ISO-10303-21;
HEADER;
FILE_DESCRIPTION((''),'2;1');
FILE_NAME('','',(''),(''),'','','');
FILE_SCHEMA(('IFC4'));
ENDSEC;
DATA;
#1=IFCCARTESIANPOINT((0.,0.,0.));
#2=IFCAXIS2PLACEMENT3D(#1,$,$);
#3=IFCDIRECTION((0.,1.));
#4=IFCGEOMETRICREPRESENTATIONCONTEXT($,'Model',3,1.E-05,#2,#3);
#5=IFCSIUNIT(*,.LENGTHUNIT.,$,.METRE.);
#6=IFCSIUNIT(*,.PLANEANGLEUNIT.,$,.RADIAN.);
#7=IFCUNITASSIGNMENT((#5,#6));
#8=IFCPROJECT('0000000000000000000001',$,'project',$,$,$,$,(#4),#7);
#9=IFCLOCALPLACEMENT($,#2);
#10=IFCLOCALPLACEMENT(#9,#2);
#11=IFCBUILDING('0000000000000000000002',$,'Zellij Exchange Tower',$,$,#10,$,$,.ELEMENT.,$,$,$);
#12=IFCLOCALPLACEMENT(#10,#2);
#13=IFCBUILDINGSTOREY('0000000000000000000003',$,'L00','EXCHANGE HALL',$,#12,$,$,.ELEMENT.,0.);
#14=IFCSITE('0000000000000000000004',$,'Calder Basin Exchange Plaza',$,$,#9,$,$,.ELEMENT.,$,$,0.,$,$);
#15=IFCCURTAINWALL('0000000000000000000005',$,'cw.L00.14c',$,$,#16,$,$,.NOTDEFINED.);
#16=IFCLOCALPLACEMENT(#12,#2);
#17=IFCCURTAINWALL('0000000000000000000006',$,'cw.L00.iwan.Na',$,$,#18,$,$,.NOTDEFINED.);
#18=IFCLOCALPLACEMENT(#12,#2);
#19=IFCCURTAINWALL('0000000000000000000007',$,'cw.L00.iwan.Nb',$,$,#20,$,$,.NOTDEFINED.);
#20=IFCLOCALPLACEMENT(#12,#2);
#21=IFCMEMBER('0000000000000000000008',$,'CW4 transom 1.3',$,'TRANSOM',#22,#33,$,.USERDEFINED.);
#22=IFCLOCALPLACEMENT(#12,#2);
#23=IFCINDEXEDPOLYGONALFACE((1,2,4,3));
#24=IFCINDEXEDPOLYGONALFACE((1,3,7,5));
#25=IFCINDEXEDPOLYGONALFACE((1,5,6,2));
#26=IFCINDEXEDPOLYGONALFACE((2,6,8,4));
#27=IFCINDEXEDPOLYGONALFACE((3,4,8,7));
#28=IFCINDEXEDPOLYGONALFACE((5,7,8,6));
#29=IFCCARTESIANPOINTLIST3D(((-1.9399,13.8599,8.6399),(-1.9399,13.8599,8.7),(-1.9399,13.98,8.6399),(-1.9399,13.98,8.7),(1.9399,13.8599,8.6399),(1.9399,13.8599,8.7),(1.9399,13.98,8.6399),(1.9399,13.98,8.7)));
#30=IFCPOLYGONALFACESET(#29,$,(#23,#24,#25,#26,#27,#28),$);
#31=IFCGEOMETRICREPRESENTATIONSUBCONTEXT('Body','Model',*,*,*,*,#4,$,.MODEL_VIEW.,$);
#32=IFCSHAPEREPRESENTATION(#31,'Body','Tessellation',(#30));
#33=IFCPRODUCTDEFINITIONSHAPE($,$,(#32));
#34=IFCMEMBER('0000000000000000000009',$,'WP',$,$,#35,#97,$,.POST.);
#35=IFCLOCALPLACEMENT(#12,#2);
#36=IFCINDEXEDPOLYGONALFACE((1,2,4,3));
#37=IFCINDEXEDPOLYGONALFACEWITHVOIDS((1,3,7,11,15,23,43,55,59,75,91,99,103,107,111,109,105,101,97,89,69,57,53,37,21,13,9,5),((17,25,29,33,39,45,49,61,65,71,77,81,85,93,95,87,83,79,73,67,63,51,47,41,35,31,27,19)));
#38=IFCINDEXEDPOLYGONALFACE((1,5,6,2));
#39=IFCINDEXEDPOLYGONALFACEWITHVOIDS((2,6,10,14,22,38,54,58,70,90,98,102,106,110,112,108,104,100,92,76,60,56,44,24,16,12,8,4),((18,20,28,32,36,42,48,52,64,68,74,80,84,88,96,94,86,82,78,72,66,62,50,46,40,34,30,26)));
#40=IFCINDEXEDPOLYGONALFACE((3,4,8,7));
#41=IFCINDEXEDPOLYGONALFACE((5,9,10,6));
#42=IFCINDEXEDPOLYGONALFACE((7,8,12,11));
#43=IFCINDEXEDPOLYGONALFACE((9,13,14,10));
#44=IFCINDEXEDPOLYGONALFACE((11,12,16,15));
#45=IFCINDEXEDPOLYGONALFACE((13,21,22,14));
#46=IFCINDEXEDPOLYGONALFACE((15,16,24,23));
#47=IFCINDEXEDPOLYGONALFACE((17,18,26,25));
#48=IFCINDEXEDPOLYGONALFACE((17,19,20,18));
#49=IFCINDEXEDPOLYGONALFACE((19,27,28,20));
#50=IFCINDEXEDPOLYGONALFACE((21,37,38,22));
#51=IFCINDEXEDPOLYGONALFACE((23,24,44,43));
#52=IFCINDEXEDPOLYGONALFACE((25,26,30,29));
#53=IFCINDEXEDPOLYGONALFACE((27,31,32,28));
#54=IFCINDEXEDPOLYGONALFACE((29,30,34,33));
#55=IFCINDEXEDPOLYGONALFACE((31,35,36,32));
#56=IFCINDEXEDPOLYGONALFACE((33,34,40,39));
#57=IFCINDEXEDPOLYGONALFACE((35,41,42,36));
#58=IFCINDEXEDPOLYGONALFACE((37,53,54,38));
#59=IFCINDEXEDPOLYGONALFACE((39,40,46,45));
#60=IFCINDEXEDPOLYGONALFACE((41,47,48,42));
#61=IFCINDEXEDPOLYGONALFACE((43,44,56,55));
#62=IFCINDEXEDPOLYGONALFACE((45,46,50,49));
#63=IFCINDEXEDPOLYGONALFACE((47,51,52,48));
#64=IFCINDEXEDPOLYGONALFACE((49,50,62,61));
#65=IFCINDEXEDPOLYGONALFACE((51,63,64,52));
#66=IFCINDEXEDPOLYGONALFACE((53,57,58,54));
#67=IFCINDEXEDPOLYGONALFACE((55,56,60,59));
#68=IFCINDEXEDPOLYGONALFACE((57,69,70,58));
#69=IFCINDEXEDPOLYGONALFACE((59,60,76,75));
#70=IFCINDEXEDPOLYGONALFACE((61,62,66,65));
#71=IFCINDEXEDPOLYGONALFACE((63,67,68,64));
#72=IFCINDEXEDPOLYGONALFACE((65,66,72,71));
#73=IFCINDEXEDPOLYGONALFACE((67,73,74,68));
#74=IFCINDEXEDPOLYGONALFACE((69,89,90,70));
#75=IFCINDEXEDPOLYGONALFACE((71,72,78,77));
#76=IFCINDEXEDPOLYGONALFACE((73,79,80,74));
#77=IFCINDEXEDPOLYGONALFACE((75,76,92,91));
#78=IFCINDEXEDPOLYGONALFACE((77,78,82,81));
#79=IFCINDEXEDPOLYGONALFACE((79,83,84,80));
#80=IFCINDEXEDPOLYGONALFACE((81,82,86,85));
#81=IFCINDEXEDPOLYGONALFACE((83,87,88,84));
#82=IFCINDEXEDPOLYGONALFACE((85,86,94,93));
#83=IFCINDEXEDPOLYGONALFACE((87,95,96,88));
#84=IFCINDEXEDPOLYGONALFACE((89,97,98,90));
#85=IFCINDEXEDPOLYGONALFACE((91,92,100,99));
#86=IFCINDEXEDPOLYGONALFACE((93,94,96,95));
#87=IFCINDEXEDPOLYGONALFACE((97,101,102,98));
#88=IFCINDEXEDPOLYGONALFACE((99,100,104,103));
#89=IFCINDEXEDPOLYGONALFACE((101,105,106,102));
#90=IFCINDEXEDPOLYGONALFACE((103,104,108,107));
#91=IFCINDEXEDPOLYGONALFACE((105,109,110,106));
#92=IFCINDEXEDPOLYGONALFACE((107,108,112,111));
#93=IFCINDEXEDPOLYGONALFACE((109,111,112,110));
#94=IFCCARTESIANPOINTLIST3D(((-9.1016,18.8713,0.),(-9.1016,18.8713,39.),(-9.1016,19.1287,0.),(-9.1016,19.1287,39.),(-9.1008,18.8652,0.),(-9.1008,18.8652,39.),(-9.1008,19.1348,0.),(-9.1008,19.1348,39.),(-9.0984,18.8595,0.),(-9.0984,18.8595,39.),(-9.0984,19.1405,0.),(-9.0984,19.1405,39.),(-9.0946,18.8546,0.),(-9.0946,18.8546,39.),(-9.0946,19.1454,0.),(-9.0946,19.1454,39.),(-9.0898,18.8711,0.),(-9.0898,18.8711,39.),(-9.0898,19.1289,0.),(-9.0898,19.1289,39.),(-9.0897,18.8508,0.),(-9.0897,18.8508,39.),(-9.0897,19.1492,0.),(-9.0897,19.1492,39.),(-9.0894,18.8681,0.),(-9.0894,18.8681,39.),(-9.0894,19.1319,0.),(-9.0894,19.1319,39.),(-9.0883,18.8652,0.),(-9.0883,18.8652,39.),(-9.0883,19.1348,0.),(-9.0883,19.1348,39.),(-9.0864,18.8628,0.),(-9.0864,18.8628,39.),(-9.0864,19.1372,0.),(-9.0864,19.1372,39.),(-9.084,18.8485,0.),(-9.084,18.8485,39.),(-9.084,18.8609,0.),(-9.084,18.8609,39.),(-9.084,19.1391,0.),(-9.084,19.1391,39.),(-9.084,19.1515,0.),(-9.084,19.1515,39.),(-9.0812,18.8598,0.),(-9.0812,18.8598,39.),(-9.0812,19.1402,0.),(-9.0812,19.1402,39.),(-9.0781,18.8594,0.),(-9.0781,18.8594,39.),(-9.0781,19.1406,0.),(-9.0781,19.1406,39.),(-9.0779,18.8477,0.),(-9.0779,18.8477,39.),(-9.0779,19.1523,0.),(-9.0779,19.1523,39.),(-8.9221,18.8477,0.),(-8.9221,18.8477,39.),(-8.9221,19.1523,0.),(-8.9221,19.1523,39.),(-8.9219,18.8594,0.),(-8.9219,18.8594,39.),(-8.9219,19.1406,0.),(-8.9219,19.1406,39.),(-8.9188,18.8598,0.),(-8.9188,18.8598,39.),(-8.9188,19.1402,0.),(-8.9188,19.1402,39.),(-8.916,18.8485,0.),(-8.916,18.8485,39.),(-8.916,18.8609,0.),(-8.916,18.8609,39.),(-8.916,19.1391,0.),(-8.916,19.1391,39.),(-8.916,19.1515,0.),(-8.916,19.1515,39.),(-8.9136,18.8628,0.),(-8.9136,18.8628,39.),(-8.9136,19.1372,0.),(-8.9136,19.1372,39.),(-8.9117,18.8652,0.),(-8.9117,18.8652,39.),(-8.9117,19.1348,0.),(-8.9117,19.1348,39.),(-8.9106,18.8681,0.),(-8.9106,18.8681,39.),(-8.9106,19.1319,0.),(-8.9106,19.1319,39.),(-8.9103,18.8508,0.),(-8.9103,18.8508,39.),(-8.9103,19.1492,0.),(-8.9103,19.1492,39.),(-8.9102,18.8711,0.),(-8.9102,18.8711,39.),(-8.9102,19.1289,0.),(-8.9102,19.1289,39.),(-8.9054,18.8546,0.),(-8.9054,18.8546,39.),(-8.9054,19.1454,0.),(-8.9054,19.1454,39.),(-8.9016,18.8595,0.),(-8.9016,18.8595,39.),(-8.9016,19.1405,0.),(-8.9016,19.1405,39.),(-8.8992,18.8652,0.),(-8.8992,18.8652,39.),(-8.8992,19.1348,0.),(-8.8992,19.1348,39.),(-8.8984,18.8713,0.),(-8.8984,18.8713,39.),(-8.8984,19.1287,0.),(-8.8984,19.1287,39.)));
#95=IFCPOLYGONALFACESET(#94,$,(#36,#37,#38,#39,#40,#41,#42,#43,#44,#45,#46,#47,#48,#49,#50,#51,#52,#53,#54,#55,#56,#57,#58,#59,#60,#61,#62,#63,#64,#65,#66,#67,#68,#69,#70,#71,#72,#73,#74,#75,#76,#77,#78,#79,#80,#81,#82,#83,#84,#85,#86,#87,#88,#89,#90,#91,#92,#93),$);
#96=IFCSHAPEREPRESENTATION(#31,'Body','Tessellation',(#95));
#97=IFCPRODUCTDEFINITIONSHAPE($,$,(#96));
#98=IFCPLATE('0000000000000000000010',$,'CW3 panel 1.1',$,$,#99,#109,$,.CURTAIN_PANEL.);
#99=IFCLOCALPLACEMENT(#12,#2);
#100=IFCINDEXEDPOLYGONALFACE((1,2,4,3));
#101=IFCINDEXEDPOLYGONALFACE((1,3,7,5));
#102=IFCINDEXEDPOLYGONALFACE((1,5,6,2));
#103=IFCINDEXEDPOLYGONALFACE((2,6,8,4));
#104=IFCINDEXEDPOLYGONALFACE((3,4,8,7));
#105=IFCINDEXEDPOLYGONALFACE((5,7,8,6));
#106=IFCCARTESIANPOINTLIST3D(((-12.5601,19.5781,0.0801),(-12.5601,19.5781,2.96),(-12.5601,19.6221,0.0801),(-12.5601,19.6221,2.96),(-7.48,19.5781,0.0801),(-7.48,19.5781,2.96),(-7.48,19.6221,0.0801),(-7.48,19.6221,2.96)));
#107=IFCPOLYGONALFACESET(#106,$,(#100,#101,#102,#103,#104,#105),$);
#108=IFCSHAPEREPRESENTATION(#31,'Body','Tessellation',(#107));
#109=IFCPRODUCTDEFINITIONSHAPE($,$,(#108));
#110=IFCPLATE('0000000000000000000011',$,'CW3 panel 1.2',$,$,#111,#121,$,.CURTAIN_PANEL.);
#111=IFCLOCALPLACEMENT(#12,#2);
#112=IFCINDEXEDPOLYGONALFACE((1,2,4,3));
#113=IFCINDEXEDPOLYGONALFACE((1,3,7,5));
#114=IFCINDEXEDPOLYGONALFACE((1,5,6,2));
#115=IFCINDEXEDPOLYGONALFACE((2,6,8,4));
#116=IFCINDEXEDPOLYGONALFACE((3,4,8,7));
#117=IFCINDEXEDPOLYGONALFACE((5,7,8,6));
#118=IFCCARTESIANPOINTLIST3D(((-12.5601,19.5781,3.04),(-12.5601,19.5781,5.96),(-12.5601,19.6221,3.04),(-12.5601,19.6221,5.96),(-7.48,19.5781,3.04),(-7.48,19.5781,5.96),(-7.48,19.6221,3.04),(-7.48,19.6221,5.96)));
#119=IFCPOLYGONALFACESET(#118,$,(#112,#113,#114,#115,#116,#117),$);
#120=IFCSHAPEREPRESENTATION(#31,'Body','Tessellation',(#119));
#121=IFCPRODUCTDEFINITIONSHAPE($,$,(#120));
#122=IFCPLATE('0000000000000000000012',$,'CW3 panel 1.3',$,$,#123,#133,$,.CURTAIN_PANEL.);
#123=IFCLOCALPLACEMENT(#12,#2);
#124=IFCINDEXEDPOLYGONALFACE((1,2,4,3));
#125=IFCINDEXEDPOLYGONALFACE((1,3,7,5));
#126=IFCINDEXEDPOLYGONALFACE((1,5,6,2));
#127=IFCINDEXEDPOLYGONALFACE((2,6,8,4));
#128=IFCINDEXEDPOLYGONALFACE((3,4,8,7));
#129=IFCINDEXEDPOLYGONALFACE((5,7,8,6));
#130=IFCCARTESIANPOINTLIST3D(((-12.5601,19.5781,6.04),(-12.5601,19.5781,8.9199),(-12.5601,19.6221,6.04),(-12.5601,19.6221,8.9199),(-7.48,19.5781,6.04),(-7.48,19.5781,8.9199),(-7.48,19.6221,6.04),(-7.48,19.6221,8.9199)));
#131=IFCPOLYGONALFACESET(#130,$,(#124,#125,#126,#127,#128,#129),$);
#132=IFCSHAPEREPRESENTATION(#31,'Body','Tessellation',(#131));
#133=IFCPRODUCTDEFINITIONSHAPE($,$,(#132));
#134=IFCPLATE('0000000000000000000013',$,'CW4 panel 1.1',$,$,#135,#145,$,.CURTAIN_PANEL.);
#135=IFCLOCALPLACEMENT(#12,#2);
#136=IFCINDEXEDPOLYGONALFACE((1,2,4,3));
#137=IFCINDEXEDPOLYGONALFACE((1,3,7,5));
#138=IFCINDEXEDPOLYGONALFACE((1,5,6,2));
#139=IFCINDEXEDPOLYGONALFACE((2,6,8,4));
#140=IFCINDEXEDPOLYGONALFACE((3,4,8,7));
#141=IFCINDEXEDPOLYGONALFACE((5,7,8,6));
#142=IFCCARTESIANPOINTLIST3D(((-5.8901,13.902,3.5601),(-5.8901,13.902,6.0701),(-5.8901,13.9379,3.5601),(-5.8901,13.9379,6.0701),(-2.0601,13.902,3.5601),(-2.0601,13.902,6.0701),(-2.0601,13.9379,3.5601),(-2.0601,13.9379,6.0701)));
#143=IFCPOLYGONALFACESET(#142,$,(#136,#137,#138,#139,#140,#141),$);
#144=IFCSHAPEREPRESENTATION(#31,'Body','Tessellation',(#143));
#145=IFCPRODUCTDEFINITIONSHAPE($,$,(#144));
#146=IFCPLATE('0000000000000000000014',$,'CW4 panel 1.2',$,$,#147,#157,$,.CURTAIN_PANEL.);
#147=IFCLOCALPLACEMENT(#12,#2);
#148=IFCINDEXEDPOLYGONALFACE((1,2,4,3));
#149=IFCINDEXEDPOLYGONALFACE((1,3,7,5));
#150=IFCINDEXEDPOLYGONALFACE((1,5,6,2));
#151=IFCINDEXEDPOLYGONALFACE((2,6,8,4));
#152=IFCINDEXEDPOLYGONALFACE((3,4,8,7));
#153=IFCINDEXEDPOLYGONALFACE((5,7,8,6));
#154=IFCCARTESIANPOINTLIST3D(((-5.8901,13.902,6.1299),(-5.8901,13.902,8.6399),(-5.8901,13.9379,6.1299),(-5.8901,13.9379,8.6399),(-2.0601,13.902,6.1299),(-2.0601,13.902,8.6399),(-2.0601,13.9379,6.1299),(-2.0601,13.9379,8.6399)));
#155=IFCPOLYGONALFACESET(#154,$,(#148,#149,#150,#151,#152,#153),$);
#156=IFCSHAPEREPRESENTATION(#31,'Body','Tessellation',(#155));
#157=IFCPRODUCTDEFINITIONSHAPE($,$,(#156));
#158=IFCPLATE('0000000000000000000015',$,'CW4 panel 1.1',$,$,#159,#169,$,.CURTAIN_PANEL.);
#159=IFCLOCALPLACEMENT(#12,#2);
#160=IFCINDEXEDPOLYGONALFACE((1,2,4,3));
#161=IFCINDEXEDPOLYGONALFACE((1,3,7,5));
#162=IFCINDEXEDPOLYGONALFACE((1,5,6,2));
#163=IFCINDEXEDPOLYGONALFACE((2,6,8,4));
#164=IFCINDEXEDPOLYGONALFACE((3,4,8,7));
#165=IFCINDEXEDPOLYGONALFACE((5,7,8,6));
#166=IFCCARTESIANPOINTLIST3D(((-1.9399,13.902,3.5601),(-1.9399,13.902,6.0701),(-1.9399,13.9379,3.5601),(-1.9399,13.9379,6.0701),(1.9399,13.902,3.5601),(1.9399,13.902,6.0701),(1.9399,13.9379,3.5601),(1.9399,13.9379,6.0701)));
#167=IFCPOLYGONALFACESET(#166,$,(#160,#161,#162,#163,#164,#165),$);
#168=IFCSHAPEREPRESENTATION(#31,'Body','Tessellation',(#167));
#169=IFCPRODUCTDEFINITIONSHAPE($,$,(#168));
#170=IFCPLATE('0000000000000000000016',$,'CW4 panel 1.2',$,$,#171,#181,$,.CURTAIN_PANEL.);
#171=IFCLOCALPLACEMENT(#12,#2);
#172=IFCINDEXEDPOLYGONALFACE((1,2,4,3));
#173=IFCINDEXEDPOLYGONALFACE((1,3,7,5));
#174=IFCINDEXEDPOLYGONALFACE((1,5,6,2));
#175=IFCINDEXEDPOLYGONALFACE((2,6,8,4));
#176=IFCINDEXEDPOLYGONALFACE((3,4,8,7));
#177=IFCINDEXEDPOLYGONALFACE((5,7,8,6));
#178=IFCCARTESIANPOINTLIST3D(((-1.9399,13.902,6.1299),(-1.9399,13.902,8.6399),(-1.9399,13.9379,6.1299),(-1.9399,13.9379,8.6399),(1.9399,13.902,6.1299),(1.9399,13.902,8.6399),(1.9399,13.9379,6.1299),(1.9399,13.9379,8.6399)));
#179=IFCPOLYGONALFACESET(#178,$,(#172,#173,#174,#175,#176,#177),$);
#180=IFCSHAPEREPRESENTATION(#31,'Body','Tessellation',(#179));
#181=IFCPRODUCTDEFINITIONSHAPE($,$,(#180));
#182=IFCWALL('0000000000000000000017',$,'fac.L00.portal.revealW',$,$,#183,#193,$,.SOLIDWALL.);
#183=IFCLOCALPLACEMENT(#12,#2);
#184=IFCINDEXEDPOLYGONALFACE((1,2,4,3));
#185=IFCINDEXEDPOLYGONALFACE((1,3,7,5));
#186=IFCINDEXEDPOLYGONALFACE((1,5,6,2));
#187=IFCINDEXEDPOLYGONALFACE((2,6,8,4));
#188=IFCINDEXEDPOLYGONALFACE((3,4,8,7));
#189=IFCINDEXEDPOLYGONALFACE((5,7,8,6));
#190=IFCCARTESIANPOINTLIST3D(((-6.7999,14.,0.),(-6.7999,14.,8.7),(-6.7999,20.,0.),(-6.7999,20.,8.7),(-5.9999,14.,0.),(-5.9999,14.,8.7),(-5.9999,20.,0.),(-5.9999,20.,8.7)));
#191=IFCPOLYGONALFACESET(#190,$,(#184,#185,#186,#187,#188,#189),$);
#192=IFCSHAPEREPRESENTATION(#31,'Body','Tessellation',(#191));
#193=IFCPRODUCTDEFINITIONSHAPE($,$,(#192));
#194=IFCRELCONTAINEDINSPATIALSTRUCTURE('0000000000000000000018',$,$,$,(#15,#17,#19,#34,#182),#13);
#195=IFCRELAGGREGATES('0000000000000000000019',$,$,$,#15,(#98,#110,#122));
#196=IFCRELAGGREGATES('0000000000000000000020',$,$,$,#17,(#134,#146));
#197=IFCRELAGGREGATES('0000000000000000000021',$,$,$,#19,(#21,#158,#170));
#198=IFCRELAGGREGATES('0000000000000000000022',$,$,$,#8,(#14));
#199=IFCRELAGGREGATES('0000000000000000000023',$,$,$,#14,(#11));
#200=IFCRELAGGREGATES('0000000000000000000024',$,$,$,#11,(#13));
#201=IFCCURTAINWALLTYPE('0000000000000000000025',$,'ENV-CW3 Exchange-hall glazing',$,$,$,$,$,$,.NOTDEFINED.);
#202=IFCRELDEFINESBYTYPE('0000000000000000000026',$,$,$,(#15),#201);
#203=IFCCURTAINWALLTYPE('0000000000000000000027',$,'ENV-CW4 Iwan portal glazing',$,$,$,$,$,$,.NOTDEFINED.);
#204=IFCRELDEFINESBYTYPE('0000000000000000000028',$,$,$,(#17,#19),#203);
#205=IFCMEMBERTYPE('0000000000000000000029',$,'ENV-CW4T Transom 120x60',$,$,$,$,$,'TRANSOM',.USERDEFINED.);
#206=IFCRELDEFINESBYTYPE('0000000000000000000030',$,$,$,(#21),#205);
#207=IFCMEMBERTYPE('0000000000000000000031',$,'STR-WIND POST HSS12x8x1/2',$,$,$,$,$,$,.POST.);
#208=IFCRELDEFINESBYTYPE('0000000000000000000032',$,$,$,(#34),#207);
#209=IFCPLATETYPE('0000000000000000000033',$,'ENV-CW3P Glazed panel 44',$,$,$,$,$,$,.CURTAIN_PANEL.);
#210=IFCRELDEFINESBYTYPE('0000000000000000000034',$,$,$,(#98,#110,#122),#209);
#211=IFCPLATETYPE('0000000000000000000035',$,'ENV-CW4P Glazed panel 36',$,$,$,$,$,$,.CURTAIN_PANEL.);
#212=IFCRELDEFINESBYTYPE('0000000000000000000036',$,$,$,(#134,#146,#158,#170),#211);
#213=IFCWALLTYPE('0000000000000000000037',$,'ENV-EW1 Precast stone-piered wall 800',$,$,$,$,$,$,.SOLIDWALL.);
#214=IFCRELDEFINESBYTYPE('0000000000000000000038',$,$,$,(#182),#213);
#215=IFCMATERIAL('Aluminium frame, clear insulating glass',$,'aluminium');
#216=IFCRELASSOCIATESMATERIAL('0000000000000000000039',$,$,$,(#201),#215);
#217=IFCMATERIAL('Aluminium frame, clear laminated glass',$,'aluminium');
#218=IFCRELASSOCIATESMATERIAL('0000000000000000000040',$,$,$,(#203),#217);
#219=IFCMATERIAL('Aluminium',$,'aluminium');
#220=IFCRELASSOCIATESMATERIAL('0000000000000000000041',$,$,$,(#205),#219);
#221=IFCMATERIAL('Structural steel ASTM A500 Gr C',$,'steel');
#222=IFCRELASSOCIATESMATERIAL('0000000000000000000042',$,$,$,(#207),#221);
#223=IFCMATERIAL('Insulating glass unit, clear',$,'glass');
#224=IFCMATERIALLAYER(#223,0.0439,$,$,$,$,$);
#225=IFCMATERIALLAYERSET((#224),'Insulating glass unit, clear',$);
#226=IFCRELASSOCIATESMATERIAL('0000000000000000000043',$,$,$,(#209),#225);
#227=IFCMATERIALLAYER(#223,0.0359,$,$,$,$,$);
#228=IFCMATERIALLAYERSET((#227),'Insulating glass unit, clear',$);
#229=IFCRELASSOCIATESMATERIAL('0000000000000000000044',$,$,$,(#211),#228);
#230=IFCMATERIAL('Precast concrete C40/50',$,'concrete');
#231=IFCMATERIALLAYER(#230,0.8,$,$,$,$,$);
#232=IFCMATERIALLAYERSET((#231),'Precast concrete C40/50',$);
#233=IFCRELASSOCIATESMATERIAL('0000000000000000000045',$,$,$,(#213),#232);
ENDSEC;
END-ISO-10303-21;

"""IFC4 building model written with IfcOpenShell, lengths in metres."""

from ifc_helpers import new_model, si_unit, direction, frame, frame_2d, origin, origin_2d, place, context, subcontext, project, spatial, rectangle, hollow_rectangle, extrude, material, layer, layer_set, material_profile, profile_set, type_object, element, aggregate, save


model = new_model("IFC4")

# Units and contexts
model_context = context("Model", 3, precision=1e-05, world=origin(), true_north=direction((0.0, 1.0)))
body_context = subcontext(model_context, "Body", "Model", "MODEL_VIEW")
ifc_project = project(units=[si_unit("LENGTHUNIT", "METRE"), si_unit("PLANEANGLEUNIT", "RADIAN")], contexts=[model_context])

# Site, building, storey
site_placement = place(None, origin())
site = spatial("IfcSite", under=ifc_project, at=site_placement, Name="Calder Basin Exchange Plaza", CompositionType="ELEMENT", RefElevation=0.0)
building_placement = place(site_placement, origin())
building = spatial("IfcBuilding", under=site, at=building_placement, Name="Zellij Exchange Tower", CompositionType="ELEMENT")
storey_placement = place(building_placement, origin())
storey = spatial("IfcBuildingStorey", under=building, at=storey_placement, Name="L00", Description="EXCHANGE HALL", CompositionType="ELEMENT", Elevation=0.0)

# Curtain walls
ifc_material_1 = material(Name="Aluminium frame, clear insulating glass", Category="aluminium")
curtain_wall_type_1 = type_object("IfcCurtainWallType", Name="ENV-CW3 Exchange-hall glazing", PredefinedType="NOTDEFINED", material=ifc_material_1)
curtain_wall_1_placement = place(storey_placement, origin())
curtain_wall_1 = element("IfcCurtainWall", 1, at=curtain_wall_1_placement, inside=storey, type_object=curtain_wall_type_1, Name="cw.L00.14c", PredefinedType="NOTDEFINED")
ifc_material_2 = material(Name="Aluminium", Category="aluminium")
ifc_material_3 = material(Name="Aluminium frame, clear laminated glass", Category="aluminium")
curtain_wall_type_2 = type_object("IfcCurtainWallType", Name="ENV-CW4 Iwan portal glazing", PredefinedType="NOTDEFINED", material=ifc_material_3)
curtain_wall_2_placement = place(storey_placement, origin())
curtain_wall_2 = element("IfcCurtainWall", 2, at=curtain_wall_2_placement, inside=storey, type_object=curtain_wall_type_2, Name="cw.L00.iwan.Na", PredefinedType="NOTDEFINED")

# Curtain wall
curtain_wall_3_placement = place(storey_placement, origin())
curtain_wall_3 = element("IfcCurtainWall", 3, at=curtain_wall_3_placement, inside=storey, type_object=curtain_wall_type_2, Name="cw.L00.iwan.Nb", PredefinedType="NOTDEFINED")

# Members
ifc_material_profile_1 = material_profile(ifc_material_2, rectangle(XDim=0.1201, YDim=0.0601, at=origin_2d()), Name="AL 120x60")
ifc_profile_set_1 = profile_set([ifc_material_profile_1], Name="Aluminium")
member_type_1 = type_object("IfcMemberType", Name="ENV-CW4T Transom 120x60", ElementType="TRANSOM", PredefinedType="USERDEFINED", material=ifc_profile_set_1)
member_1_placement = place(storey_placement, frame((-1.9399, 13.9199, 8.6699), z_axis=(1.0, 0.0, 0.0), x_axis=(0.0, 1.0, 0.0)))
member_1 = element("IfcMember", 4, at=member_1_placement, type_object=member_type_1, Name="CW4 transom 1.3", ObjectType="TRANSOM", PredefinedType="USERDEFINED", context=body_context, shape_type="SweptSolid", body=[
    extrude(rectangle(XDim=0.1201, YDim=0.0601, at=origin_2d()), origin(), (0.0, 0.0, 1.0), 3.8799),
])
ifc_material_4 = material(Name="Structural steel ASTM A500 Gr C", Category="steel")
ifc_material_profile_2 = material_profile(ifc_material_4, hollow_rectangle(XDim=0.2031, YDim=0.3047, WallThickness=0.0117, InnerFilletRadius=0.0117, OuterFilletRadius=0.0237, at=origin_2d()), Name="STR-WIND POST HSS12x8x1/2")
ifc_profile_set_2 = profile_set([ifc_material_profile_2], Name="Structural steel ASTM A500 Gr C")
member_type_2 = type_object("IfcMemberType", Name="STR-WIND POST HSS12x8x1/2", PredefinedType="POST", material=ifc_profile_set_2)
member_2_placement = place(storey_placement, frame((-9.0, 19.0, 0.0), z_axis=(0.0, 0.0, 1.0), x_axis=(1.0, 0.0, 0.0)))
element("IfcMember", 5, at=member_2_placement, inside=storey, type_object=member_type_2, Name="WP", PredefinedType="POST", context=body_context, shape_type="SweptSolid", body=[
    extrude(hollow_rectangle(XDim=0.2031, YDim=0.3047, WallThickness=0.0117, InnerFilletRadius=0.0117, OuterFilletRadius=0.0237, at=origin_2d()), origin(), (0.0, 0.0, 1.0), 39.0),
])

# Plates
ifc_material_5 = material(Name="Insulating glass unit, clear", Category="glass")
ifc_layer_1 = layer(ifc_material_5, 0.0439)
ifc_layer_set_1 = layer_set([ifc_layer_1], Name="Insulating glass unit, clear")
plate_type_1 = type_object("IfcPlateType", Name="ENV-CW3P Glazed panel 44", PredefinedType="CURTAIN_PANEL", material=ifc_layer_set_1)
plate_1_placement = place(storey_placement, frame((-10.02, 19.6001, 0.0801), z_axis=(0.0, 0.0, 1.0), x_axis=(-1.0, 0.0, 0.0)))
plate_1 = element("IfcPlate", 6, at=plate_1_placement, type_object=plate_type_1, Name="CW3 panel 1.1", PredefinedType="CURTAIN_PANEL", context=body_context, shape_type="SweptSolid", body=[
    extrude(rectangle(XDim=5.0801, YDim=0.0439, at=origin_2d()), origin(), (0.0, 0.0, 1.0), 2.8799),
])
plate_2_placement = place(storey_placement, frame((-10.02, 19.6001, 3.04), z_axis=(0.0, 0.0, 1.0), x_axis=(-1.0, 0.0, 0.0)))
plate_2 = element("IfcPlate", 7, at=plate_2_placement, type_object=plate_type_1, Name="CW3 panel 1.2", PredefinedType="CURTAIN_PANEL", context=body_context, shape_type="SweptSolid", body=[
    extrude(rectangle(XDim=5.0801, YDim=0.0439, at=origin_2d()), origin(), (0.0, 0.0, 1.0), 2.9199),
])
plate_3_placement = place(storey_placement, frame((-10.02, 19.6001, 6.04), z_axis=(0.0, 0.0, 1.0), x_axis=(-1.0, 0.0, 0.0)))
plate_3 = element("IfcPlate", 8, at=plate_3_placement, type_object=plate_type_1, Name="CW3 panel 1.3", PredefinedType="CURTAIN_PANEL", context=body_context, shape_type="SweptSolid", body=[
    extrude(rectangle(XDim=5.0801, YDim=0.0439, at=origin_2d()), origin(), (0.0, 0.0, 1.0), 2.8799),
])
aggregate(curtain_wall_1, [plate_1, plate_2, plate_3])
ifc_layer_2 = layer(ifc_material_5, 0.0359)
ifc_layer_set_2 = layer_set([ifc_layer_2], Name="Insulating glass unit, clear")
plate_type_2 = type_object("IfcPlateType", Name="ENV-CW4P Glazed panel 36", PredefinedType="CURTAIN_PANEL", material=ifc_layer_set_2)
plate_4_placement = place(storey_placement, frame((-3.9751, 13.9199, 3.5601), z_axis=(0.0, 0.0, 1.0), x_axis=(1.0, 0.0, 0.0)))
plate_4 = element("IfcPlate", 9, at=plate_4_placement, type_object=plate_type_2, Name="CW4 panel 1.1", PredefinedType="CURTAIN_PANEL", context=body_context, shape_type="SweptSolid", body=[
    extrude(rectangle(XDim=3.8301, YDim=0.0359, at=origin_2d()), origin(), (0.0, 0.0, 1.0), 2.51),
])
plate_5_placement = place(storey_placement, frame((-3.9751, 13.9199, 6.1299), z_axis=(0.0, 0.0, 1.0), x_axis=(1.0, 0.0, 0.0)))
plate_5 = element("IfcPlate", 10, at=plate_5_placement, type_object=plate_type_2, Name="CW4 panel 1.2", PredefinedType="CURTAIN_PANEL", context=body_context, shape_type="SweptSolid", body=[
    extrude(rectangle(XDim=3.8301, YDim=0.0359, at=origin_2d()), origin(), (0.0, 0.0, 1.0), 2.51),
])
aggregate(curtain_wall_2, [plate_4, plate_5])
plate_6_placement = place(storey_placement, frame((0.0, 13.9199, 3.5601), z_axis=(0.0, 0.0, 1.0), x_axis=(1.0, 0.0, 0.0)))
plate_6 = element("IfcPlate", 11, at=plate_6_placement, type_object=plate_type_2, Name="CW4 panel 1.1", PredefinedType="CURTAIN_PANEL", context=body_context, shape_type="SweptSolid", body=[
    extrude(rectangle(XDim=3.8799, YDim=0.0359, at=origin_2d()), origin(), (0.0, 0.0, 1.0), 2.51),
])
plate_7_placement = place(storey_placement, frame((0.0, 13.9199, 6.1299), z_axis=(0.0, 0.0, 1.0), x_axis=(1.0, 0.0, 0.0)))
plate_7 = element("IfcPlate", 12, at=plate_7_placement, type_object=plate_type_2, Name="CW4 panel 1.2", PredefinedType="CURTAIN_PANEL", context=body_context, shape_type="SweptSolid", body=[
    extrude(rectangle(XDim=3.8799, YDim=0.0359, at=origin_2d()), origin(), (0.0, 0.0, 1.0), 2.51),
])
aggregate(curtain_wall_3, [member_1, plate_6, plate_7])

# Wall
ifc_material_6 = material(Name="Precast concrete C40/50", Category="concrete")
ifc_layer_3 = layer(ifc_material_6, 0.8)
ifc_layer_set_3 = layer_set([ifc_layer_3], Name="Precast concrete C40/50")
wall_type_1 = type_object("IfcWallType", Name="ENV-EW1 Precast stone-piered wall 800", PredefinedType="SOLIDWALL", material=ifc_layer_set_3)
wall_1_placement = place(storey_placement, frame((-6.3999, 14.0, 0.0), z_axis=(0.0, 0.0, 1.0), x_axis=(0.0, 1.0, 0.0)))
element("IfcWall", 13, at=wall_1_placement, inside=storey, type_object=wall_type_1, Name="fac.L00.portal.revealW", PredefinedType="SOLIDWALL", context=body_context, shape_type="SweptSolid", body=[
    extrude(rectangle(XDim=6.0, YDim=0.8, at=frame_2d((3.0, 0.0))), origin(), (0.0, 0.0, 1.0), 8.7),
])

save(model, "model.ifc")
